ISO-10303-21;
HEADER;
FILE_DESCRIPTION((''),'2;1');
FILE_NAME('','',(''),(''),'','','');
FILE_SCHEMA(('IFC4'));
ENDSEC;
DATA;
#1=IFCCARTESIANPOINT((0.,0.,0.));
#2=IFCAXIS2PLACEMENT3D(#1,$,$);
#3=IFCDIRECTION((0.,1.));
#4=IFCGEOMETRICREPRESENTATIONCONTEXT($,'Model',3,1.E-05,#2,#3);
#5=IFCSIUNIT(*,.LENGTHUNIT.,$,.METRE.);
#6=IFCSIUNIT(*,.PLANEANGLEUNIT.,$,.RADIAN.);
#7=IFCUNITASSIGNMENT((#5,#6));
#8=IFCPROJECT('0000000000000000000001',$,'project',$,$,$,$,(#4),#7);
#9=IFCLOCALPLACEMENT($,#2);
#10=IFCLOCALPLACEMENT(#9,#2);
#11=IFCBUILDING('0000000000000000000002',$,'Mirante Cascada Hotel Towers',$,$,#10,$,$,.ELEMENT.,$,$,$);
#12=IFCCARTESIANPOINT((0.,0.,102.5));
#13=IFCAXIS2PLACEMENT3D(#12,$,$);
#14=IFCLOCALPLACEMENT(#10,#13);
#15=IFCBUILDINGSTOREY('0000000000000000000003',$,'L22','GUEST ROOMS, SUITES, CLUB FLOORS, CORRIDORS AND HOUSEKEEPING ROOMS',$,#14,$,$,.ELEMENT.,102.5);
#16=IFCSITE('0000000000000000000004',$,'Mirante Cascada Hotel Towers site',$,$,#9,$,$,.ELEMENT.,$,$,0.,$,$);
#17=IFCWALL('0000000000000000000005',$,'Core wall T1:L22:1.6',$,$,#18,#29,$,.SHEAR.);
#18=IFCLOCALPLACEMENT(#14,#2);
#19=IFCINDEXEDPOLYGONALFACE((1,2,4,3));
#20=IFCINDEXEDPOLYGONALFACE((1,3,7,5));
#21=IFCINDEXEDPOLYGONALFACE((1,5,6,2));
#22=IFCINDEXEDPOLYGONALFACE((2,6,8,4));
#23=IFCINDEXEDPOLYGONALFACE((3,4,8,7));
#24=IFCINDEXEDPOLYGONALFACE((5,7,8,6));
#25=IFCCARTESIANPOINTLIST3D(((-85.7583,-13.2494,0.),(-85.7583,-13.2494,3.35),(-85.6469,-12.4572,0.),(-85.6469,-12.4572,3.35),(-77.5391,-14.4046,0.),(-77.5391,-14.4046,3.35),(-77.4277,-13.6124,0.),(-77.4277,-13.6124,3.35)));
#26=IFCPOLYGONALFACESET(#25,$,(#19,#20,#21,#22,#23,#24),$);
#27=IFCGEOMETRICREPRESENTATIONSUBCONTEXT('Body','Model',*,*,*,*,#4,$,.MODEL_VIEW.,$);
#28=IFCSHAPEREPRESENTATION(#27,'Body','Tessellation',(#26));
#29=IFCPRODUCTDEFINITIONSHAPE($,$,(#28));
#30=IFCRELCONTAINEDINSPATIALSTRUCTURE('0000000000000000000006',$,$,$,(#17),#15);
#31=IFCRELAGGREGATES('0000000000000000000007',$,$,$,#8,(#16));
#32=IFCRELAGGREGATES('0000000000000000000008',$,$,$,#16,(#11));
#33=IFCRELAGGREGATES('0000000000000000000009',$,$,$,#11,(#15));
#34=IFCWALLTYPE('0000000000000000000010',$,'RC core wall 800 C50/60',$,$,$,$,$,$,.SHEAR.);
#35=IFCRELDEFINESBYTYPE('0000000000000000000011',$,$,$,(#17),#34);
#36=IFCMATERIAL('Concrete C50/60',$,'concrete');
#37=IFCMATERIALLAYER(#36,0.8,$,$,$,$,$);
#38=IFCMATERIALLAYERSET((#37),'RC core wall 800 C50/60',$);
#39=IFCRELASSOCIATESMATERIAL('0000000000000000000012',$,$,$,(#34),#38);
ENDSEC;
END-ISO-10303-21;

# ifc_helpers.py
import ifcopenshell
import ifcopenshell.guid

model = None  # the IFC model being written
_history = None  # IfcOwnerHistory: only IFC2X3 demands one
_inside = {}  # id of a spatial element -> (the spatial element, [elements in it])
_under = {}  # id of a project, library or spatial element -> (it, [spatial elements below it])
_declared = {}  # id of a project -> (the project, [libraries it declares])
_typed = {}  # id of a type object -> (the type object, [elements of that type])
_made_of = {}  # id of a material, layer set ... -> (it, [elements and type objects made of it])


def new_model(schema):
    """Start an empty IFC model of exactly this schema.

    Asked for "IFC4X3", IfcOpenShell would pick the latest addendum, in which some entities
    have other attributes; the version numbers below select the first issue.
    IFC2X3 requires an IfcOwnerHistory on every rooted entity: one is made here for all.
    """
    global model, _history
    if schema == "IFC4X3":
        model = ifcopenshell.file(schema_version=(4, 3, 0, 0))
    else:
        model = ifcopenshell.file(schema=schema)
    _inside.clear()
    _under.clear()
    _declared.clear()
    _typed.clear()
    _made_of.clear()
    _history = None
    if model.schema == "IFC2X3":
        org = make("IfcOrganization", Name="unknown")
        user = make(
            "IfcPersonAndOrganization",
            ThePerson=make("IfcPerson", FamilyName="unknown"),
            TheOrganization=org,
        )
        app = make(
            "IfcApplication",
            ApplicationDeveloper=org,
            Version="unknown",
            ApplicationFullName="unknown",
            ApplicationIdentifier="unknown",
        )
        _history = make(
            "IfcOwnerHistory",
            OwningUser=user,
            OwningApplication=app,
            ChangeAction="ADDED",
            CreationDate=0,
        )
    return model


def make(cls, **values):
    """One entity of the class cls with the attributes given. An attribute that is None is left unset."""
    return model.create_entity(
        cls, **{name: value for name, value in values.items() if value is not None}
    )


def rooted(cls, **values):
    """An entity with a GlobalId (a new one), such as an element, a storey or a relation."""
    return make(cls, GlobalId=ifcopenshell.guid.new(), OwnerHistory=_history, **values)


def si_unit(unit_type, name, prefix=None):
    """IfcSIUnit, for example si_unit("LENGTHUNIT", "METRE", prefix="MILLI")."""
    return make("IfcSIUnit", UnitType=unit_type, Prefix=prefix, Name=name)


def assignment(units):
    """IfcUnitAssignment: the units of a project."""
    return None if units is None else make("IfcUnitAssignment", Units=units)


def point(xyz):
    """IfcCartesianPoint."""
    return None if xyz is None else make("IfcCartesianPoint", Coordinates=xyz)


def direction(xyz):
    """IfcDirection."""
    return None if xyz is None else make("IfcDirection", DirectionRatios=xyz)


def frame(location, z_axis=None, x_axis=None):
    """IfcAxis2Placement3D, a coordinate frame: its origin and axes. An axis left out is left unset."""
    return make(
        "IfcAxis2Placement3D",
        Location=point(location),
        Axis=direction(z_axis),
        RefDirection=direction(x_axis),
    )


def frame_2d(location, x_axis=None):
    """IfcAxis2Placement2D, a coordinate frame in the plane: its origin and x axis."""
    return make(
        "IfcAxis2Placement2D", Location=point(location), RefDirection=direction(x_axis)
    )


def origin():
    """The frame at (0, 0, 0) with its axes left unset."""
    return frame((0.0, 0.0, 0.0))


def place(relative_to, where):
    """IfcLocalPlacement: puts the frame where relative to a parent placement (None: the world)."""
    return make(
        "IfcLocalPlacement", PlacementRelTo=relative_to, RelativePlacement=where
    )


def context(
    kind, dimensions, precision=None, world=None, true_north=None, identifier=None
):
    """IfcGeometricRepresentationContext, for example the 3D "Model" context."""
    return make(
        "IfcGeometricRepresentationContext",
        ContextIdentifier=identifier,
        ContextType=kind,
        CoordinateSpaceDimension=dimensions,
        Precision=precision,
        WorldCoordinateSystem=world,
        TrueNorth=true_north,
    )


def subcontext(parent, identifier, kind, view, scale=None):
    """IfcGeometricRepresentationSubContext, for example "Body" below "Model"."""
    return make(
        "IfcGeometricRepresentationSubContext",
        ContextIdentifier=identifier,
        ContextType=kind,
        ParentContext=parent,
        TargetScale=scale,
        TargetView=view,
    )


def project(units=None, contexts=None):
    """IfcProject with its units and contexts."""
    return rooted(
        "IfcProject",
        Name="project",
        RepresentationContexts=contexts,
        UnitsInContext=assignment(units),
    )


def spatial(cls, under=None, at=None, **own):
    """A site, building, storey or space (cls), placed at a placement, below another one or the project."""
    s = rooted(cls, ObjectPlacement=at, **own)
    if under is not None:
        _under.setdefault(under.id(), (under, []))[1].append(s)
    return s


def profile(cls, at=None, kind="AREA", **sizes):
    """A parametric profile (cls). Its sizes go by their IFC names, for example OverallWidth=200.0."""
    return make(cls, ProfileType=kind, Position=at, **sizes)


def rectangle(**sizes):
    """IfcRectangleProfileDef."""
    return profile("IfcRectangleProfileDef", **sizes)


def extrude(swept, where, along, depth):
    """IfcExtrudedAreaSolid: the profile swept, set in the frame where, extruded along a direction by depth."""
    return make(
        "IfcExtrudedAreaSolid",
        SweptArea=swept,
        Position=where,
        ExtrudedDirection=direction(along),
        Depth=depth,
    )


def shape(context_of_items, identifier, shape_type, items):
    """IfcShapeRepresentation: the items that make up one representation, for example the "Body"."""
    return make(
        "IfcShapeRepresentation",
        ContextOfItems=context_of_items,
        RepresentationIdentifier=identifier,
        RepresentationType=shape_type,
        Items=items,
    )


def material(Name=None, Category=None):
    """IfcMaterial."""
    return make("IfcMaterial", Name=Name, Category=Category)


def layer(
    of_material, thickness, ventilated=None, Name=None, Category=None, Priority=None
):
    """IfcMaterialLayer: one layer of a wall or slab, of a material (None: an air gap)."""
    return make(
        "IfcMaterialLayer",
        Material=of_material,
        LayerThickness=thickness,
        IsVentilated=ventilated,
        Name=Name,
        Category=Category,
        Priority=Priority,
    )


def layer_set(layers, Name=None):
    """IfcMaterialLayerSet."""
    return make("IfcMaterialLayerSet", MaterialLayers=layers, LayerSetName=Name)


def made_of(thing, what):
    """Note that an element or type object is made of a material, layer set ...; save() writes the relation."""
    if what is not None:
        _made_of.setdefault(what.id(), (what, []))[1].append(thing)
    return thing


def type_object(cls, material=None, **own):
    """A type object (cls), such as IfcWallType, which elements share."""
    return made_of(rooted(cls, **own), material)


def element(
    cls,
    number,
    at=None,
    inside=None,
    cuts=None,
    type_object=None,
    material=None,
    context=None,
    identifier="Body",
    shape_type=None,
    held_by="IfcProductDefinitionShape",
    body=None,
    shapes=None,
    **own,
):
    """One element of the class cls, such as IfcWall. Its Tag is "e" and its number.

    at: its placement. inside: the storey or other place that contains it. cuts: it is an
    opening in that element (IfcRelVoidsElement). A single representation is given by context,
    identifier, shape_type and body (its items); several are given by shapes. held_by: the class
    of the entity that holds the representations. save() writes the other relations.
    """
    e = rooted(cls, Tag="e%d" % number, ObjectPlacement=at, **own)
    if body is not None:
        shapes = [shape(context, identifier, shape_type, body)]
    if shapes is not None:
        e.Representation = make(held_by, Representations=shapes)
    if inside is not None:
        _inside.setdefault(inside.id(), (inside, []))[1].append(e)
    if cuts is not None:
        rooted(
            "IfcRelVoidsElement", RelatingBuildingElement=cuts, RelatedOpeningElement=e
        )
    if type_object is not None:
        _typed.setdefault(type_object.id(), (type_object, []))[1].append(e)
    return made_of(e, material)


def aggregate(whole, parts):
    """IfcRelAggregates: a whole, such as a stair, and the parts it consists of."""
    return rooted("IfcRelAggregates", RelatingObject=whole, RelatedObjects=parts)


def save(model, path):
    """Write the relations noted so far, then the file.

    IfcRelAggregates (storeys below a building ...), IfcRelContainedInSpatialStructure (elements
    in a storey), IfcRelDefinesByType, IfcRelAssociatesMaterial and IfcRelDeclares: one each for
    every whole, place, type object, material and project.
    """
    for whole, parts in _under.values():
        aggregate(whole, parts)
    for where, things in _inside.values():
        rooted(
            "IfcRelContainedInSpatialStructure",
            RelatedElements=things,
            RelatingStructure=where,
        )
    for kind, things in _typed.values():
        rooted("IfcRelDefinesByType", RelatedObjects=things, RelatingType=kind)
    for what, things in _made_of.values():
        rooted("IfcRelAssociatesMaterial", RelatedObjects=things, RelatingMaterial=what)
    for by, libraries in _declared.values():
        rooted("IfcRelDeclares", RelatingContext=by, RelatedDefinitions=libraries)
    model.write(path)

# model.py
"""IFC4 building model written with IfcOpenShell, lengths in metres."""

from ifc_helpers import new_model, si_unit, direction, frame, frame_2d, origin, place, context, subcontext, project, spatial, rectangle, extrude, material, layer, layer_set, type_object, element, save


model = new_model("IFC4")

# Units and contexts
model_context = context("Model", 3, precision=1e-05, world=origin(), true_north=direction((0.0, 1.0)))
body_context = subcontext(model_context, "Body", "Model", "MODEL_VIEW")
ifc_project = project(units=[si_unit("LENGTHUNIT", "METRE"), si_unit("PLANEANGLEUNIT", "RADIAN")], contexts=[model_context])

# Site, building, storey
site_placement = place(None, origin())
site = spatial("IfcSite", under=ifc_project, at=site_placement, Name="Mirante Cascada Hotel Towers site", CompositionType="ELEMENT", RefElevation=0.0)
building_placement = place(site_placement, origin())
building = spatial("IfcBuilding", under=site, at=building_placement, Name="Mirante Cascada Hotel Towers", CompositionType="ELEMENT")
storey_placement = place(building_placement, frame((0.0, 0.0, 102.5)))
storey = spatial("IfcBuildingStorey", under=building, at=storey_placement, Name="L22", Description="GUEST ROOMS, SUITES, CLUB FLOORS, CORRIDORS AND HOUSEKEEPING ROOMS", CompositionType="ELEMENT", Elevation=102.5)

# Wall
ifc_material_1 = material(Name="Concrete C50/60", Category="concrete")
ifc_layer_1 = layer(ifc_material_1, 0.8)
ifc_layer_set_1 = layer_set([ifc_layer_1], Name="RC core wall 800 C50/60")
wall_type_1 = type_object("IfcWallType", Name="RC core wall 800 C50/60", PredefinedType="SHEAR", material=ifc_layer_set_1)
wall_1_placement = place(storey_placement, frame((-77.4834, -14.0085, 0.0), z_axis=(0.0, 0.0, 1.0), x_axis=(-0.990267, 0.139181, 0.0)))
element("IfcWall", 1, at=wall_1_placement, inside=storey, type_object=wall_type_1, Name="Core wall T1:L22:1.6", PredefinedType="SHEAR", context=body_context, shape_type="SweptSolid", body=[
    extrude(rectangle(XDim=8.3, YDim=0.8, at=frame_2d((4.15, 0.0))), origin(), (0.0, 0.0, 1.0), 3.35),
])

save(model, "model.ifc")
